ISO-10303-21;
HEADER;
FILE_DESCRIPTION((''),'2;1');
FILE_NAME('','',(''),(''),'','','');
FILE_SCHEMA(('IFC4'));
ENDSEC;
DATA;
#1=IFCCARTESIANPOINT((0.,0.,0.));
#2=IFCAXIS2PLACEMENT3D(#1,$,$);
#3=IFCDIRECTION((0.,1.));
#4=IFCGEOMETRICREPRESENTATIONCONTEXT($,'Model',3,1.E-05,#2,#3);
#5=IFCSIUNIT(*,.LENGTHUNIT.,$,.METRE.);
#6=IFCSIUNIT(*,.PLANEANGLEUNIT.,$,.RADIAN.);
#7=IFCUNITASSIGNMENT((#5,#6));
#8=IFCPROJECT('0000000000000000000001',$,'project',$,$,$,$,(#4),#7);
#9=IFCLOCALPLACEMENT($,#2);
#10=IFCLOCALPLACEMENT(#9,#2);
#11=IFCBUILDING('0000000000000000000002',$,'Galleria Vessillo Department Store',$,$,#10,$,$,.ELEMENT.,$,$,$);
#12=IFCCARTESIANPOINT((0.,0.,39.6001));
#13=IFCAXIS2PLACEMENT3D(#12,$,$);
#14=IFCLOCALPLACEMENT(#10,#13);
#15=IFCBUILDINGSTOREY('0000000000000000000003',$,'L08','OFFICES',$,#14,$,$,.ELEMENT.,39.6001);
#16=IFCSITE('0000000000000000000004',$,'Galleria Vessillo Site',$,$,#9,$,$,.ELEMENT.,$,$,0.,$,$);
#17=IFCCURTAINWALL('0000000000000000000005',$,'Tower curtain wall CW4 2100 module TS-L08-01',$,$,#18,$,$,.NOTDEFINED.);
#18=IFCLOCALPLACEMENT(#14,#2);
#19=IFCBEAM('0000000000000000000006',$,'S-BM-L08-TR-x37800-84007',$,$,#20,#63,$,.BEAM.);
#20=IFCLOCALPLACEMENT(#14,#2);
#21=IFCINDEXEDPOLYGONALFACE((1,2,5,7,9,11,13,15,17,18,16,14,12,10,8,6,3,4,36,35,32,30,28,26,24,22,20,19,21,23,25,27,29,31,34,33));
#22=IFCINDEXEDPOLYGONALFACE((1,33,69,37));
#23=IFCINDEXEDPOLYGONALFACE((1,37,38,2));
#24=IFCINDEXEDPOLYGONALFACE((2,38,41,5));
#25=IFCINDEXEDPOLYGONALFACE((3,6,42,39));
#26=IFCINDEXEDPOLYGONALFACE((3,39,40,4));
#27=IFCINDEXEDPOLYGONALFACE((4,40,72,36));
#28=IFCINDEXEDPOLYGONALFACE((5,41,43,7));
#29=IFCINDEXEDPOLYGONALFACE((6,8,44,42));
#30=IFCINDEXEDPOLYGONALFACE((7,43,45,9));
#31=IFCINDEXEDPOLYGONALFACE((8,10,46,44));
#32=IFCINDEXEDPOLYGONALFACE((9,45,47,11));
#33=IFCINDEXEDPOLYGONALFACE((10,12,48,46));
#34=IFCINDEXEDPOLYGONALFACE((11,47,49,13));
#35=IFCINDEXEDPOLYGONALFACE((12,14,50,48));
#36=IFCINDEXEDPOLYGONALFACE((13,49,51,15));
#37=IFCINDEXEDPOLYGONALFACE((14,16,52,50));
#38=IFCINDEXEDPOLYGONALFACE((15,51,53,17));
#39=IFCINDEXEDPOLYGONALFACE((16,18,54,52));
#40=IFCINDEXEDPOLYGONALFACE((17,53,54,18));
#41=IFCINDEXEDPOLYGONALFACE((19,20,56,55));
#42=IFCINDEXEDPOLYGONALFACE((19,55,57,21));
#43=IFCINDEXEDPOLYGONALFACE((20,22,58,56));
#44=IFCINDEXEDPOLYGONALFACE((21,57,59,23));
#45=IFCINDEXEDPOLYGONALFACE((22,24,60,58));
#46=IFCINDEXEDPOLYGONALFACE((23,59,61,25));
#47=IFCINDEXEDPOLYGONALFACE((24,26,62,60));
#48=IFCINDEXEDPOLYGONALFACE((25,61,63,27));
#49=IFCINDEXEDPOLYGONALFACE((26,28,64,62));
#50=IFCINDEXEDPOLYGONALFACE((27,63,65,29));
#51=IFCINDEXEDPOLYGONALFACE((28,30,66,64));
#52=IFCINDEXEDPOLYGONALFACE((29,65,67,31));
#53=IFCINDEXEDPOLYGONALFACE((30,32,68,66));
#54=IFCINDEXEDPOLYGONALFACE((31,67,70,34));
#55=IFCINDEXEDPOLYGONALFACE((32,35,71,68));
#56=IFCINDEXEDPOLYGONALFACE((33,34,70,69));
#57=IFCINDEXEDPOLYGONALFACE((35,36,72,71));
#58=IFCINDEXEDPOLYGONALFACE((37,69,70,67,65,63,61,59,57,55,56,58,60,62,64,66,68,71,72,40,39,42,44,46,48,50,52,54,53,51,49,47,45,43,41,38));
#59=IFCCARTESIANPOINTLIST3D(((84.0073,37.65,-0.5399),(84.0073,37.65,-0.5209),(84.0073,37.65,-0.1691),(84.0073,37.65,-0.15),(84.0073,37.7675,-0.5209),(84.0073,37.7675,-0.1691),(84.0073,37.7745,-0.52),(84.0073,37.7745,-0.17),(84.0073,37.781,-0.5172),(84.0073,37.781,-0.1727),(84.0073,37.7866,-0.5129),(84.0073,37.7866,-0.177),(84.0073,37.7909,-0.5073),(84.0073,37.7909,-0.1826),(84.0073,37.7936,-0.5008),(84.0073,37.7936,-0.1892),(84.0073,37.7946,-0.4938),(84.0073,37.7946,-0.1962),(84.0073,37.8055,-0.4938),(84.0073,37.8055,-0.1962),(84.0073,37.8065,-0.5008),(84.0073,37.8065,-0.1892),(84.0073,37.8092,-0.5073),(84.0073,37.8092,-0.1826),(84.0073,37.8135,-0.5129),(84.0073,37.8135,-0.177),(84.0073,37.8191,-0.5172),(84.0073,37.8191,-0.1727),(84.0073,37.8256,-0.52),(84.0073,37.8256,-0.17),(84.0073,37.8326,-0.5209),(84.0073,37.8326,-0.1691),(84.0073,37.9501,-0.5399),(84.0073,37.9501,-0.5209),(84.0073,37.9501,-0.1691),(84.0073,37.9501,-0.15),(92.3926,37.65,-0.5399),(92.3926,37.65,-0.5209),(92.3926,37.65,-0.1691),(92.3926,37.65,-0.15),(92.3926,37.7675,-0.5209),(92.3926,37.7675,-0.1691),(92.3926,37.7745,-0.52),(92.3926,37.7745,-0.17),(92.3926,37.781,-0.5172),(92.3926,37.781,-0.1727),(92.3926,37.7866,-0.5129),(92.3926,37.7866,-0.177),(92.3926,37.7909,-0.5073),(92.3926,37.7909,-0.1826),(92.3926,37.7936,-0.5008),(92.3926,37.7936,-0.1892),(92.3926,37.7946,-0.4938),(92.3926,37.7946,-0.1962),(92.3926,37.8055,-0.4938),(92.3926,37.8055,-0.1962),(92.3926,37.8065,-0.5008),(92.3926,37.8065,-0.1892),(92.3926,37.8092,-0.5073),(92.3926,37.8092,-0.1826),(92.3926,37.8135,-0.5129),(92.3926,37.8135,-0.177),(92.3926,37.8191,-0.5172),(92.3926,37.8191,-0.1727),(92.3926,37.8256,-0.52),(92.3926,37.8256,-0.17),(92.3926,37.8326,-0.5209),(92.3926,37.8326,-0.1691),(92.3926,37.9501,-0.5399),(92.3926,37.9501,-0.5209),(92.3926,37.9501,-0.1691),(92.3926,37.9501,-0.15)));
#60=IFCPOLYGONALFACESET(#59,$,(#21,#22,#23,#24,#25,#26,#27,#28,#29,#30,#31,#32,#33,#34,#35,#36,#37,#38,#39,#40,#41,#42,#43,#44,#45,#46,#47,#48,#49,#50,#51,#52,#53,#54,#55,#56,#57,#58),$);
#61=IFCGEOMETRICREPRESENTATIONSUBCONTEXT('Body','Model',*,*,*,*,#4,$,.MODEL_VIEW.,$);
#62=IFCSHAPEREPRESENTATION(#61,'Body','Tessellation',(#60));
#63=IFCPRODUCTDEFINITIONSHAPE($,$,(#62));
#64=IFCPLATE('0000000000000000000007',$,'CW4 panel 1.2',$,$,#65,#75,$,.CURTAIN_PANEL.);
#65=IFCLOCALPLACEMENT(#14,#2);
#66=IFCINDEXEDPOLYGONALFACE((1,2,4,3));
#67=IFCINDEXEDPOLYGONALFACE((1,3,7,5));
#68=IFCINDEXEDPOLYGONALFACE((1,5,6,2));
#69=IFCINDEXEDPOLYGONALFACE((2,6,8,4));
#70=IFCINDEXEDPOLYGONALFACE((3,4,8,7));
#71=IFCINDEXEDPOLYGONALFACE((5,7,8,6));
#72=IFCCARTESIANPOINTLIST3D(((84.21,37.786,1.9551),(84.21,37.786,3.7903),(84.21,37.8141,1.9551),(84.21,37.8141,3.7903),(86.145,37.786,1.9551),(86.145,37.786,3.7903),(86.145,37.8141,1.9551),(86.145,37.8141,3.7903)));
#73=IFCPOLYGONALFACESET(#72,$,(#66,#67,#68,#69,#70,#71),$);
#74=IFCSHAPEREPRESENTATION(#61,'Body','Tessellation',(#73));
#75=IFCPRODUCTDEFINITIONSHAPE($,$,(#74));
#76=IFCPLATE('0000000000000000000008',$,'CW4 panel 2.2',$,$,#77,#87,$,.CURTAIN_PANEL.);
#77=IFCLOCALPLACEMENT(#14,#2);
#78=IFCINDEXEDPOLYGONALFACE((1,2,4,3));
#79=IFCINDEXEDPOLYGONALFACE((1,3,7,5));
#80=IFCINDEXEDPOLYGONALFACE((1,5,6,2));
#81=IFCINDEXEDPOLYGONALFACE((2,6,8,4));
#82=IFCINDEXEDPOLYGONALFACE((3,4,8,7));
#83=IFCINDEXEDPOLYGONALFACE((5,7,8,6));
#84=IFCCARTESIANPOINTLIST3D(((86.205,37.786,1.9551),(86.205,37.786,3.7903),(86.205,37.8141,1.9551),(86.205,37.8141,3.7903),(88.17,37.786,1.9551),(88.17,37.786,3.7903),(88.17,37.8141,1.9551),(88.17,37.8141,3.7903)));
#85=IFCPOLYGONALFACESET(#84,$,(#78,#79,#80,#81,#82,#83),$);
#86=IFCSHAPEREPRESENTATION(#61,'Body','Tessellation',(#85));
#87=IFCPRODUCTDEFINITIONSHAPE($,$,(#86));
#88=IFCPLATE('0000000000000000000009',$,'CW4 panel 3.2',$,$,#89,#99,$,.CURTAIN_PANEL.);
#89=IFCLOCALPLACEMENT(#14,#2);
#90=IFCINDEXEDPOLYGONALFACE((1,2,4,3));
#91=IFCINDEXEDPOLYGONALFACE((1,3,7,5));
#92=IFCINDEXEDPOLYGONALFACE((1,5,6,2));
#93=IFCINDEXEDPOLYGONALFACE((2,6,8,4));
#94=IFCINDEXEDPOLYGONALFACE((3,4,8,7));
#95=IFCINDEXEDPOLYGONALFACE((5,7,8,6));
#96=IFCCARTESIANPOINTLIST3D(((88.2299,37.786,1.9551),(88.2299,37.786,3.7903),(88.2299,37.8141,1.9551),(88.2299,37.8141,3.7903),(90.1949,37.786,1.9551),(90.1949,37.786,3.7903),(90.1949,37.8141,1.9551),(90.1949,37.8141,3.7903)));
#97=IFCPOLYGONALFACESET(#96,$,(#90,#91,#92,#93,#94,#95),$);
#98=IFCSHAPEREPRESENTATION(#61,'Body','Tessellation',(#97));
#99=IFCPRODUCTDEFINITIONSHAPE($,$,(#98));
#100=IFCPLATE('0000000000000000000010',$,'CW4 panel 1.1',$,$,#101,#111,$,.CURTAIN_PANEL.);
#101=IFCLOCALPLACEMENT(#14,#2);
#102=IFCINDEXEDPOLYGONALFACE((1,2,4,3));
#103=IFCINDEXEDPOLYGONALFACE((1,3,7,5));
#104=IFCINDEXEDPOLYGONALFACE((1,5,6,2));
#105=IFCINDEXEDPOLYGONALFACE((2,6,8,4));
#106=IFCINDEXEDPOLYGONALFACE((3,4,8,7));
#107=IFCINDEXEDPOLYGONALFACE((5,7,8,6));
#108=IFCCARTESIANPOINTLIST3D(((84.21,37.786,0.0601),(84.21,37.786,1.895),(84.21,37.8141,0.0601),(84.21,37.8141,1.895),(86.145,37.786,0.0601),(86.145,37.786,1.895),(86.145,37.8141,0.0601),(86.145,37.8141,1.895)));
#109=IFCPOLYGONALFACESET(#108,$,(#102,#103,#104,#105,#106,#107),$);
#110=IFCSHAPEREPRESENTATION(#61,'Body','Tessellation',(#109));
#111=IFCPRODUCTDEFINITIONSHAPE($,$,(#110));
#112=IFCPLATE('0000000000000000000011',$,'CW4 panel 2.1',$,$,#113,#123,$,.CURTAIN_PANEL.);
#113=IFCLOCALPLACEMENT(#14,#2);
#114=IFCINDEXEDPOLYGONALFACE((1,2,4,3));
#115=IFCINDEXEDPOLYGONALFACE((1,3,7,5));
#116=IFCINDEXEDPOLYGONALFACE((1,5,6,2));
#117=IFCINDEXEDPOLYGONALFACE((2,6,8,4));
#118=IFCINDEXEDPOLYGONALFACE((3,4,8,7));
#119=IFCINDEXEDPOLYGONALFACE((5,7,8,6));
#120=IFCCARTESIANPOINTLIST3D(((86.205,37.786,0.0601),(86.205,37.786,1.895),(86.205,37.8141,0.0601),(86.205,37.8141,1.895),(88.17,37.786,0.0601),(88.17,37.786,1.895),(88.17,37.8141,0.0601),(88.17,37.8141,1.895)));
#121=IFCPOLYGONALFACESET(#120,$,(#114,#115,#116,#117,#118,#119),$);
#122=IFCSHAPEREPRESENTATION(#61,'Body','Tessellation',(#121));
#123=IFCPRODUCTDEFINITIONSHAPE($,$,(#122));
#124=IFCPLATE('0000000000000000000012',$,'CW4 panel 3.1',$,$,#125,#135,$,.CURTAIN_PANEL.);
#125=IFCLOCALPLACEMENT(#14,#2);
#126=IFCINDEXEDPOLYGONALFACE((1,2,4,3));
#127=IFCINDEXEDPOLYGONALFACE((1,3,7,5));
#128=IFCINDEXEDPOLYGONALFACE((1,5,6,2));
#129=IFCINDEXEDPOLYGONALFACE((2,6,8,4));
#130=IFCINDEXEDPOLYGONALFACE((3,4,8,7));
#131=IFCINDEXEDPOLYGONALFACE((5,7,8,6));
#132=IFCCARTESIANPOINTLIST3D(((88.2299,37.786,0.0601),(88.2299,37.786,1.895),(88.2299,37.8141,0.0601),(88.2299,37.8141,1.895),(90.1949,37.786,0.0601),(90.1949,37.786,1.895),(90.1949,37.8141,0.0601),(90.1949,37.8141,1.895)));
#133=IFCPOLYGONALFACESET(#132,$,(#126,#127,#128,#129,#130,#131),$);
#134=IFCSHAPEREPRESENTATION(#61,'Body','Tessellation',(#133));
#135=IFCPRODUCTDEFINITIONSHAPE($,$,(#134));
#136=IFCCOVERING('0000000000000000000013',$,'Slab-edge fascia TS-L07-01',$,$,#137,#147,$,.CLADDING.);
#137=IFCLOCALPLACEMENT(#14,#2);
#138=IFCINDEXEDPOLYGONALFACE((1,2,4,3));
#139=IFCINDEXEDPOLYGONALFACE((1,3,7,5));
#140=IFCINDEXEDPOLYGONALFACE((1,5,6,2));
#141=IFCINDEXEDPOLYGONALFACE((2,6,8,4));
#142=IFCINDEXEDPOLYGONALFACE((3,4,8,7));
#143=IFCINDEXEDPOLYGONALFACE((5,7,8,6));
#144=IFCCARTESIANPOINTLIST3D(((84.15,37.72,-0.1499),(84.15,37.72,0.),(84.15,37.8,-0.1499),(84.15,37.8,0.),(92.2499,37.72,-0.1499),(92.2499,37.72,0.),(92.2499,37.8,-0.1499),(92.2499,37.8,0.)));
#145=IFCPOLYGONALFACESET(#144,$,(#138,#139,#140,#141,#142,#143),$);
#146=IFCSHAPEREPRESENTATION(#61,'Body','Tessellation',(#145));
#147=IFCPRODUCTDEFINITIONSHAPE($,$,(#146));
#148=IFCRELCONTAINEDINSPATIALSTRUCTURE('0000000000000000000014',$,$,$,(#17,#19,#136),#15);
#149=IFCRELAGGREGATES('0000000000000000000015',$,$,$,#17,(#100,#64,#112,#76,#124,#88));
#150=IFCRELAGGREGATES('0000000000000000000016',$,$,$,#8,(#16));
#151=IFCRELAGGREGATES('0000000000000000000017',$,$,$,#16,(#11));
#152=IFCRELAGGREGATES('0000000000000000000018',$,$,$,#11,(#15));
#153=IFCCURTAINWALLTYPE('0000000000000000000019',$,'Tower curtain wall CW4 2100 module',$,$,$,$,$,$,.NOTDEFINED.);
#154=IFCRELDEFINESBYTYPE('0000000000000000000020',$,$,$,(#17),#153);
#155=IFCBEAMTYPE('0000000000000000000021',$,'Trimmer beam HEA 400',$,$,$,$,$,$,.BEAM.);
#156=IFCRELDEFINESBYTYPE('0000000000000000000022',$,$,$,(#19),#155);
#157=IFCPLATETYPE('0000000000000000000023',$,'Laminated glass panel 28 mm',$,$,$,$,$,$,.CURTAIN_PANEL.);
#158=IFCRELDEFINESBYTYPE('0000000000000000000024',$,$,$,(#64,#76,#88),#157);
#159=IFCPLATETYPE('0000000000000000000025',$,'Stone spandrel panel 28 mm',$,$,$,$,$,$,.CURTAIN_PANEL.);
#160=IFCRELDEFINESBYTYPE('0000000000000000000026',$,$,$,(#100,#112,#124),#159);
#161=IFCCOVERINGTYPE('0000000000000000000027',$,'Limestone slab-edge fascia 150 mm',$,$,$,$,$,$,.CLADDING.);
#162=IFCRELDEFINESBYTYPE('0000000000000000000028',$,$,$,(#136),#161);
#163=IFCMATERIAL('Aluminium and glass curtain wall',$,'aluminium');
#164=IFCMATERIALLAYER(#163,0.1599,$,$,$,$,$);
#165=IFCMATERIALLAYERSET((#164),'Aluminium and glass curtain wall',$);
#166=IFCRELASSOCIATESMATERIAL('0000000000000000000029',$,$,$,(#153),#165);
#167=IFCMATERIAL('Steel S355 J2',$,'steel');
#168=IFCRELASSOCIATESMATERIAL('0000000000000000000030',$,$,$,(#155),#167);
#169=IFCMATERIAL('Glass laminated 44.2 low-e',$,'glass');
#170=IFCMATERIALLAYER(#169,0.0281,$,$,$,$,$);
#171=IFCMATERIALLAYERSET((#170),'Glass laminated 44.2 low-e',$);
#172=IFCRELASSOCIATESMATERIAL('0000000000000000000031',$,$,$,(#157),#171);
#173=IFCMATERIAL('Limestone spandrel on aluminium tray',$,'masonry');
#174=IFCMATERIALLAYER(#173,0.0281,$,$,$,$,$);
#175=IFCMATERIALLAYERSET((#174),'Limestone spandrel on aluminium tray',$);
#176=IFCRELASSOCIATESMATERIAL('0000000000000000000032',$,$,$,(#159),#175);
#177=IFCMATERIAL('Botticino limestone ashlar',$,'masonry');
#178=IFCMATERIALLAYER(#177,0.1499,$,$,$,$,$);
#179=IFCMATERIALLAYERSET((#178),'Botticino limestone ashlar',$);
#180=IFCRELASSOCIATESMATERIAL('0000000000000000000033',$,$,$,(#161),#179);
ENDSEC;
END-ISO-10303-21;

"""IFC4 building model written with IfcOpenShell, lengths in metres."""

from ifc_helpers import new_model, si_unit, direction, frame, origin, origin_2d, place, context, subcontext, project, spatial, rectangle, i_section, extrude, material, layer, layer_set, material_profile, profile_set, type_object, element, aggregate, save


model = new_model("IFC4")

# Units and contexts
model_context = context("Model", 3, precision=1e-05, world=origin(), true_north=direction((0.0, 1.0)))
body_context = subcontext(model_context, "Body", "Model", "MODEL_VIEW")
ifc_project = project(units=[si_unit("LENGTHUNIT", "METRE"), si_unit("PLANEANGLEUNIT", "RADIAN")], contexts=[model_context])

# Site, building, storey
site_placement = place(None, origin())
site = spatial("IfcSite", under=ifc_project, at=site_placement, Name="Galleria Vessillo Site", CompositionType="ELEMENT", RefElevation=0.0)
building_placement = place(site_placement, origin())
building = spatial("IfcBuilding", under=site, at=building_placement, Name="Galleria Vessillo Department Store", CompositionType="ELEMENT")
storey_placement = place(building_placement, frame((0.0, 0.0, 39.6001)))
storey = spatial("IfcBuildingStorey", under=building, at=storey_placement, Name="L08", Description="OFFICES", CompositionType="ELEMENT", Elevation=39.6001)

# Curtain wall
ifc_material_1 = material(Name="Aluminium and glass curtain wall", Category="aluminium")
ifc_layer_1 = layer(ifc_material_1, 0.1599)
ifc_layer_set_1 = layer_set([ifc_layer_1], Name="Aluminium and glass curtain wall")
curtain_wall_type = type_object("IfcCurtainWallType", Name="Tower curtain wall CW4 2100 module", PredefinedType="NOTDEFINED", material=ifc_layer_set_1)
curtain_wall_placement = place(storey_placement, origin())
curtain_wall = element("IfcCurtainWall", 1, at=curtain_wall_placement, inside=storey, type_object=curtain_wall_type, Name="Tower curtain wall CW4 2100 module TS-L08-01", PredefinedType="NOTDEFINED")

# Beam
ifc_material_2 = material(Name="Steel S355 J2", Category="steel")
ifc_material_profile_1 = material_profile(ifc_material_2, i_section(OverallWidth=0.3, OverallDepth=0.3899, WebThickness=0.011, FlangeThickness=0.019, FilletRadius=0.0271, at=origin_2d()), Name="HEA 400")
ifc_profile_set_1 = profile_set([ifc_material_profile_1], Name="Steel S355 J2")
beam_type = type_object("IfcBeamType", Name="Trimmer beam HEA 400", PredefinedType="BEAM", material=ifc_profile_set_1)
beam_placement = place(storey_placement, frame((84.0073, 37.8, -0.345), z_axis=(1.0, 0.0, 0.0), x_axis=(0.0, 1.0, 0.0)))
element("IfcBeam", 2, at=beam_placement, inside=storey, type_object=beam_type, Name="S-BM-L08-TR-x37800-84007", PredefinedType="BEAM", context=body_context, shape_type="SweptSolid", body=[
    extrude(i_section(OverallWidth=0.3, OverallDepth=0.3899, WebThickness=0.011, FlangeThickness=0.019, FilletRadius=0.0271, at=origin_2d()), origin(), (0.0, 0.0, 1.0), 8.3853),
])

# Plates
ifc_material_3 = material(Name="Glass laminated 44.2 low-e", Category="glass")
ifc_layer_2 = layer(ifc_material_3, 0.0281)
ifc_layer_set_2 = layer_set([ifc_layer_2], Name="Glass laminated 44.2 low-e")
plate_type_1 = type_object("IfcPlateType", Name="Laminated glass panel 28 mm", PredefinedType="CURTAIN_PANEL", material=ifc_layer_set_2)
plate_1_placement = place(storey_placement, frame((85.1775, 37.8, 1.9551), z_axis=(0.0, 0.0, 1.0), x_axis=(1.0, 0.0, 0.0)))
plate_1 = element("IfcPlate", 3, at=plate_1_placement, type_object=plate_type_1, Name="CW4 panel 1.2", PredefinedType="CURTAIN_PANEL", context=body_context, shape_type="SweptSolid", body=[
    extrude(rectangle(XDim=1.9351, YDim=0.0281, at=origin_2d()), origin(), (0.0, 0.0, 1.0), 1.8352),
])
plate_2_placement = place(storey_placement, frame((87.1875, 37.8, 1.9551), z_axis=(0.0, 0.0, 1.0), x_axis=(1.0, 0.0, 0.0)))
plate_2 = element("IfcPlate", 4, at=plate_2_placement, type_object=plate_type_1, Name="CW4 panel 2.2", PredefinedType="CURTAIN_PANEL", context=body_context, shape_type="SweptSolid", body=[
    extrude(rectangle(XDim=1.9651, YDim=0.0281, at=origin_2d()), origin(), (0.0, 0.0, 1.0), 1.8352),
])
plate_3_placement = place(storey_placement, frame((89.2124, 37.8, 1.9551), z_axis=(0.0, 0.0, 1.0), x_axis=(1.0, 0.0, 0.0)))
plate_3 = element("IfcPlate", 5, at=plate_3_placement, type_object=plate_type_1, Name="CW4 panel 3.2", PredefinedType="CURTAIN_PANEL", context=body_context, shape_type="SweptSolid", body=[
    extrude(rectangle(XDim=1.9651, YDim=0.0281, at=origin_2d()), origin(), (0.0, 0.0, 1.0), 1.8352),
])
ifc_material_4 = material(Name="Limestone spandrel on aluminium tray", Category="masonry")
ifc_layer_3 = layer(ifc_material_4, 0.0281)
ifc_layer_set_3 = layer_set([ifc_layer_3], Name="Limestone spandrel on aluminium tray")
plate_type_2 = type_object("IfcPlateType", Name="Stone spandrel panel 28 mm", PredefinedType="CURTAIN_PANEL", material=ifc_layer_set_3)
plate_4_placement = place(storey_placement, frame((85.1775, 37.8, 0.0601), z_axis=(0.0, 0.0, 1.0), x_axis=(1.0, 0.0, 0.0)))
plate_4 = element("IfcPlate", 6, at=plate_4_placement, type_object=plate_type_2, Name="CW4 panel 1.1", PredefinedType="CURTAIN_PANEL", context=body_context, shape_type="SweptSolid", body=[
    extrude(rectangle(XDim=1.9351, YDim=0.0281, at=origin_2d()), origin(), (0.0, 0.0, 1.0), 1.835),
])
plate_5_placement = place(storey_placement, frame((87.1875, 37.8, 0.0601), z_axis=(0.0, 0.0, 1.0), x_axis=(1.0, 0.0, 0.0)))
plate_5 = element("IfcPlate", 7, at=plate_5_placement, type_object=plate_type_2, Name="CW4 panel 2.1", PredefinedType="CURTAIN_PANEL", context=body_context, shape_type="SweptSolid", body=[
    extrude(rectangle(XDim=1.9651, YDim=0.0281, at=origin_2d()), origin(), (0.0, 0.0, 1.0), 1.835),
])
plate_6_placement = place(storey_placement, frame((89.2124, 37.8, 0.0601), z_axis=(0.0, 0.0, 1.0), x_axis=(1.0, 0.0, 0.0)))
plate_6 = element("IfcPlate", 8, at=plate_6_placement, type_object=plate_type_2, Name="CW4 panel 3.1", PredefinedType="CURTAIN_PANEL", context=body_context, shape_type="SweptSolid", body=[
    extrude(rectangle(XDim=1.9651, YDim=0.0281, at=origin_2d()), origin(), (0.0, 0.0, 1.0), 1.835),
])
aggregate(curtain_wall, [plate_4, plate_1, plate_5, plate_2, plate_6, plate_3])

# Covering
ifc_material_5 = material(Name="Botticino limestone ashlar", Category="masonry")
ifc_layer_4 = layer(ifc_material_5, 0.1499)
ifc_layer_set_4 = layer_set([ifc_layer_4], Name="Botticino limestone ashlar")
covering_type = type_object("IfcCoveringType", Name="Limestone slab-edge fascia 150 mm", PredefinedType="CLADDING", material=ifc_layer_set_4)
covering_placement = place(storey_placement, frame((88.2, 37.76, -0.1499), z_axis=(0.0, 0.0, 1.0), x_axis=(1.0, 0.0, 0.0)))
element("IfcCovering", 9, at=covering_placement, inside=storey, type_object=covering_type, Name="Slab-edge fascia TS-L07-01", PredefinedType="CLADDING", context=body_context, shape_type="SweptSolid", body=[
    extrude(rectangle(XDim=8.0999, YDim=0.0801, at=origin_2d()), origin(), (0.0, 0.0, 1.0), 0.1499),
])

save(model, "model.ifc")
